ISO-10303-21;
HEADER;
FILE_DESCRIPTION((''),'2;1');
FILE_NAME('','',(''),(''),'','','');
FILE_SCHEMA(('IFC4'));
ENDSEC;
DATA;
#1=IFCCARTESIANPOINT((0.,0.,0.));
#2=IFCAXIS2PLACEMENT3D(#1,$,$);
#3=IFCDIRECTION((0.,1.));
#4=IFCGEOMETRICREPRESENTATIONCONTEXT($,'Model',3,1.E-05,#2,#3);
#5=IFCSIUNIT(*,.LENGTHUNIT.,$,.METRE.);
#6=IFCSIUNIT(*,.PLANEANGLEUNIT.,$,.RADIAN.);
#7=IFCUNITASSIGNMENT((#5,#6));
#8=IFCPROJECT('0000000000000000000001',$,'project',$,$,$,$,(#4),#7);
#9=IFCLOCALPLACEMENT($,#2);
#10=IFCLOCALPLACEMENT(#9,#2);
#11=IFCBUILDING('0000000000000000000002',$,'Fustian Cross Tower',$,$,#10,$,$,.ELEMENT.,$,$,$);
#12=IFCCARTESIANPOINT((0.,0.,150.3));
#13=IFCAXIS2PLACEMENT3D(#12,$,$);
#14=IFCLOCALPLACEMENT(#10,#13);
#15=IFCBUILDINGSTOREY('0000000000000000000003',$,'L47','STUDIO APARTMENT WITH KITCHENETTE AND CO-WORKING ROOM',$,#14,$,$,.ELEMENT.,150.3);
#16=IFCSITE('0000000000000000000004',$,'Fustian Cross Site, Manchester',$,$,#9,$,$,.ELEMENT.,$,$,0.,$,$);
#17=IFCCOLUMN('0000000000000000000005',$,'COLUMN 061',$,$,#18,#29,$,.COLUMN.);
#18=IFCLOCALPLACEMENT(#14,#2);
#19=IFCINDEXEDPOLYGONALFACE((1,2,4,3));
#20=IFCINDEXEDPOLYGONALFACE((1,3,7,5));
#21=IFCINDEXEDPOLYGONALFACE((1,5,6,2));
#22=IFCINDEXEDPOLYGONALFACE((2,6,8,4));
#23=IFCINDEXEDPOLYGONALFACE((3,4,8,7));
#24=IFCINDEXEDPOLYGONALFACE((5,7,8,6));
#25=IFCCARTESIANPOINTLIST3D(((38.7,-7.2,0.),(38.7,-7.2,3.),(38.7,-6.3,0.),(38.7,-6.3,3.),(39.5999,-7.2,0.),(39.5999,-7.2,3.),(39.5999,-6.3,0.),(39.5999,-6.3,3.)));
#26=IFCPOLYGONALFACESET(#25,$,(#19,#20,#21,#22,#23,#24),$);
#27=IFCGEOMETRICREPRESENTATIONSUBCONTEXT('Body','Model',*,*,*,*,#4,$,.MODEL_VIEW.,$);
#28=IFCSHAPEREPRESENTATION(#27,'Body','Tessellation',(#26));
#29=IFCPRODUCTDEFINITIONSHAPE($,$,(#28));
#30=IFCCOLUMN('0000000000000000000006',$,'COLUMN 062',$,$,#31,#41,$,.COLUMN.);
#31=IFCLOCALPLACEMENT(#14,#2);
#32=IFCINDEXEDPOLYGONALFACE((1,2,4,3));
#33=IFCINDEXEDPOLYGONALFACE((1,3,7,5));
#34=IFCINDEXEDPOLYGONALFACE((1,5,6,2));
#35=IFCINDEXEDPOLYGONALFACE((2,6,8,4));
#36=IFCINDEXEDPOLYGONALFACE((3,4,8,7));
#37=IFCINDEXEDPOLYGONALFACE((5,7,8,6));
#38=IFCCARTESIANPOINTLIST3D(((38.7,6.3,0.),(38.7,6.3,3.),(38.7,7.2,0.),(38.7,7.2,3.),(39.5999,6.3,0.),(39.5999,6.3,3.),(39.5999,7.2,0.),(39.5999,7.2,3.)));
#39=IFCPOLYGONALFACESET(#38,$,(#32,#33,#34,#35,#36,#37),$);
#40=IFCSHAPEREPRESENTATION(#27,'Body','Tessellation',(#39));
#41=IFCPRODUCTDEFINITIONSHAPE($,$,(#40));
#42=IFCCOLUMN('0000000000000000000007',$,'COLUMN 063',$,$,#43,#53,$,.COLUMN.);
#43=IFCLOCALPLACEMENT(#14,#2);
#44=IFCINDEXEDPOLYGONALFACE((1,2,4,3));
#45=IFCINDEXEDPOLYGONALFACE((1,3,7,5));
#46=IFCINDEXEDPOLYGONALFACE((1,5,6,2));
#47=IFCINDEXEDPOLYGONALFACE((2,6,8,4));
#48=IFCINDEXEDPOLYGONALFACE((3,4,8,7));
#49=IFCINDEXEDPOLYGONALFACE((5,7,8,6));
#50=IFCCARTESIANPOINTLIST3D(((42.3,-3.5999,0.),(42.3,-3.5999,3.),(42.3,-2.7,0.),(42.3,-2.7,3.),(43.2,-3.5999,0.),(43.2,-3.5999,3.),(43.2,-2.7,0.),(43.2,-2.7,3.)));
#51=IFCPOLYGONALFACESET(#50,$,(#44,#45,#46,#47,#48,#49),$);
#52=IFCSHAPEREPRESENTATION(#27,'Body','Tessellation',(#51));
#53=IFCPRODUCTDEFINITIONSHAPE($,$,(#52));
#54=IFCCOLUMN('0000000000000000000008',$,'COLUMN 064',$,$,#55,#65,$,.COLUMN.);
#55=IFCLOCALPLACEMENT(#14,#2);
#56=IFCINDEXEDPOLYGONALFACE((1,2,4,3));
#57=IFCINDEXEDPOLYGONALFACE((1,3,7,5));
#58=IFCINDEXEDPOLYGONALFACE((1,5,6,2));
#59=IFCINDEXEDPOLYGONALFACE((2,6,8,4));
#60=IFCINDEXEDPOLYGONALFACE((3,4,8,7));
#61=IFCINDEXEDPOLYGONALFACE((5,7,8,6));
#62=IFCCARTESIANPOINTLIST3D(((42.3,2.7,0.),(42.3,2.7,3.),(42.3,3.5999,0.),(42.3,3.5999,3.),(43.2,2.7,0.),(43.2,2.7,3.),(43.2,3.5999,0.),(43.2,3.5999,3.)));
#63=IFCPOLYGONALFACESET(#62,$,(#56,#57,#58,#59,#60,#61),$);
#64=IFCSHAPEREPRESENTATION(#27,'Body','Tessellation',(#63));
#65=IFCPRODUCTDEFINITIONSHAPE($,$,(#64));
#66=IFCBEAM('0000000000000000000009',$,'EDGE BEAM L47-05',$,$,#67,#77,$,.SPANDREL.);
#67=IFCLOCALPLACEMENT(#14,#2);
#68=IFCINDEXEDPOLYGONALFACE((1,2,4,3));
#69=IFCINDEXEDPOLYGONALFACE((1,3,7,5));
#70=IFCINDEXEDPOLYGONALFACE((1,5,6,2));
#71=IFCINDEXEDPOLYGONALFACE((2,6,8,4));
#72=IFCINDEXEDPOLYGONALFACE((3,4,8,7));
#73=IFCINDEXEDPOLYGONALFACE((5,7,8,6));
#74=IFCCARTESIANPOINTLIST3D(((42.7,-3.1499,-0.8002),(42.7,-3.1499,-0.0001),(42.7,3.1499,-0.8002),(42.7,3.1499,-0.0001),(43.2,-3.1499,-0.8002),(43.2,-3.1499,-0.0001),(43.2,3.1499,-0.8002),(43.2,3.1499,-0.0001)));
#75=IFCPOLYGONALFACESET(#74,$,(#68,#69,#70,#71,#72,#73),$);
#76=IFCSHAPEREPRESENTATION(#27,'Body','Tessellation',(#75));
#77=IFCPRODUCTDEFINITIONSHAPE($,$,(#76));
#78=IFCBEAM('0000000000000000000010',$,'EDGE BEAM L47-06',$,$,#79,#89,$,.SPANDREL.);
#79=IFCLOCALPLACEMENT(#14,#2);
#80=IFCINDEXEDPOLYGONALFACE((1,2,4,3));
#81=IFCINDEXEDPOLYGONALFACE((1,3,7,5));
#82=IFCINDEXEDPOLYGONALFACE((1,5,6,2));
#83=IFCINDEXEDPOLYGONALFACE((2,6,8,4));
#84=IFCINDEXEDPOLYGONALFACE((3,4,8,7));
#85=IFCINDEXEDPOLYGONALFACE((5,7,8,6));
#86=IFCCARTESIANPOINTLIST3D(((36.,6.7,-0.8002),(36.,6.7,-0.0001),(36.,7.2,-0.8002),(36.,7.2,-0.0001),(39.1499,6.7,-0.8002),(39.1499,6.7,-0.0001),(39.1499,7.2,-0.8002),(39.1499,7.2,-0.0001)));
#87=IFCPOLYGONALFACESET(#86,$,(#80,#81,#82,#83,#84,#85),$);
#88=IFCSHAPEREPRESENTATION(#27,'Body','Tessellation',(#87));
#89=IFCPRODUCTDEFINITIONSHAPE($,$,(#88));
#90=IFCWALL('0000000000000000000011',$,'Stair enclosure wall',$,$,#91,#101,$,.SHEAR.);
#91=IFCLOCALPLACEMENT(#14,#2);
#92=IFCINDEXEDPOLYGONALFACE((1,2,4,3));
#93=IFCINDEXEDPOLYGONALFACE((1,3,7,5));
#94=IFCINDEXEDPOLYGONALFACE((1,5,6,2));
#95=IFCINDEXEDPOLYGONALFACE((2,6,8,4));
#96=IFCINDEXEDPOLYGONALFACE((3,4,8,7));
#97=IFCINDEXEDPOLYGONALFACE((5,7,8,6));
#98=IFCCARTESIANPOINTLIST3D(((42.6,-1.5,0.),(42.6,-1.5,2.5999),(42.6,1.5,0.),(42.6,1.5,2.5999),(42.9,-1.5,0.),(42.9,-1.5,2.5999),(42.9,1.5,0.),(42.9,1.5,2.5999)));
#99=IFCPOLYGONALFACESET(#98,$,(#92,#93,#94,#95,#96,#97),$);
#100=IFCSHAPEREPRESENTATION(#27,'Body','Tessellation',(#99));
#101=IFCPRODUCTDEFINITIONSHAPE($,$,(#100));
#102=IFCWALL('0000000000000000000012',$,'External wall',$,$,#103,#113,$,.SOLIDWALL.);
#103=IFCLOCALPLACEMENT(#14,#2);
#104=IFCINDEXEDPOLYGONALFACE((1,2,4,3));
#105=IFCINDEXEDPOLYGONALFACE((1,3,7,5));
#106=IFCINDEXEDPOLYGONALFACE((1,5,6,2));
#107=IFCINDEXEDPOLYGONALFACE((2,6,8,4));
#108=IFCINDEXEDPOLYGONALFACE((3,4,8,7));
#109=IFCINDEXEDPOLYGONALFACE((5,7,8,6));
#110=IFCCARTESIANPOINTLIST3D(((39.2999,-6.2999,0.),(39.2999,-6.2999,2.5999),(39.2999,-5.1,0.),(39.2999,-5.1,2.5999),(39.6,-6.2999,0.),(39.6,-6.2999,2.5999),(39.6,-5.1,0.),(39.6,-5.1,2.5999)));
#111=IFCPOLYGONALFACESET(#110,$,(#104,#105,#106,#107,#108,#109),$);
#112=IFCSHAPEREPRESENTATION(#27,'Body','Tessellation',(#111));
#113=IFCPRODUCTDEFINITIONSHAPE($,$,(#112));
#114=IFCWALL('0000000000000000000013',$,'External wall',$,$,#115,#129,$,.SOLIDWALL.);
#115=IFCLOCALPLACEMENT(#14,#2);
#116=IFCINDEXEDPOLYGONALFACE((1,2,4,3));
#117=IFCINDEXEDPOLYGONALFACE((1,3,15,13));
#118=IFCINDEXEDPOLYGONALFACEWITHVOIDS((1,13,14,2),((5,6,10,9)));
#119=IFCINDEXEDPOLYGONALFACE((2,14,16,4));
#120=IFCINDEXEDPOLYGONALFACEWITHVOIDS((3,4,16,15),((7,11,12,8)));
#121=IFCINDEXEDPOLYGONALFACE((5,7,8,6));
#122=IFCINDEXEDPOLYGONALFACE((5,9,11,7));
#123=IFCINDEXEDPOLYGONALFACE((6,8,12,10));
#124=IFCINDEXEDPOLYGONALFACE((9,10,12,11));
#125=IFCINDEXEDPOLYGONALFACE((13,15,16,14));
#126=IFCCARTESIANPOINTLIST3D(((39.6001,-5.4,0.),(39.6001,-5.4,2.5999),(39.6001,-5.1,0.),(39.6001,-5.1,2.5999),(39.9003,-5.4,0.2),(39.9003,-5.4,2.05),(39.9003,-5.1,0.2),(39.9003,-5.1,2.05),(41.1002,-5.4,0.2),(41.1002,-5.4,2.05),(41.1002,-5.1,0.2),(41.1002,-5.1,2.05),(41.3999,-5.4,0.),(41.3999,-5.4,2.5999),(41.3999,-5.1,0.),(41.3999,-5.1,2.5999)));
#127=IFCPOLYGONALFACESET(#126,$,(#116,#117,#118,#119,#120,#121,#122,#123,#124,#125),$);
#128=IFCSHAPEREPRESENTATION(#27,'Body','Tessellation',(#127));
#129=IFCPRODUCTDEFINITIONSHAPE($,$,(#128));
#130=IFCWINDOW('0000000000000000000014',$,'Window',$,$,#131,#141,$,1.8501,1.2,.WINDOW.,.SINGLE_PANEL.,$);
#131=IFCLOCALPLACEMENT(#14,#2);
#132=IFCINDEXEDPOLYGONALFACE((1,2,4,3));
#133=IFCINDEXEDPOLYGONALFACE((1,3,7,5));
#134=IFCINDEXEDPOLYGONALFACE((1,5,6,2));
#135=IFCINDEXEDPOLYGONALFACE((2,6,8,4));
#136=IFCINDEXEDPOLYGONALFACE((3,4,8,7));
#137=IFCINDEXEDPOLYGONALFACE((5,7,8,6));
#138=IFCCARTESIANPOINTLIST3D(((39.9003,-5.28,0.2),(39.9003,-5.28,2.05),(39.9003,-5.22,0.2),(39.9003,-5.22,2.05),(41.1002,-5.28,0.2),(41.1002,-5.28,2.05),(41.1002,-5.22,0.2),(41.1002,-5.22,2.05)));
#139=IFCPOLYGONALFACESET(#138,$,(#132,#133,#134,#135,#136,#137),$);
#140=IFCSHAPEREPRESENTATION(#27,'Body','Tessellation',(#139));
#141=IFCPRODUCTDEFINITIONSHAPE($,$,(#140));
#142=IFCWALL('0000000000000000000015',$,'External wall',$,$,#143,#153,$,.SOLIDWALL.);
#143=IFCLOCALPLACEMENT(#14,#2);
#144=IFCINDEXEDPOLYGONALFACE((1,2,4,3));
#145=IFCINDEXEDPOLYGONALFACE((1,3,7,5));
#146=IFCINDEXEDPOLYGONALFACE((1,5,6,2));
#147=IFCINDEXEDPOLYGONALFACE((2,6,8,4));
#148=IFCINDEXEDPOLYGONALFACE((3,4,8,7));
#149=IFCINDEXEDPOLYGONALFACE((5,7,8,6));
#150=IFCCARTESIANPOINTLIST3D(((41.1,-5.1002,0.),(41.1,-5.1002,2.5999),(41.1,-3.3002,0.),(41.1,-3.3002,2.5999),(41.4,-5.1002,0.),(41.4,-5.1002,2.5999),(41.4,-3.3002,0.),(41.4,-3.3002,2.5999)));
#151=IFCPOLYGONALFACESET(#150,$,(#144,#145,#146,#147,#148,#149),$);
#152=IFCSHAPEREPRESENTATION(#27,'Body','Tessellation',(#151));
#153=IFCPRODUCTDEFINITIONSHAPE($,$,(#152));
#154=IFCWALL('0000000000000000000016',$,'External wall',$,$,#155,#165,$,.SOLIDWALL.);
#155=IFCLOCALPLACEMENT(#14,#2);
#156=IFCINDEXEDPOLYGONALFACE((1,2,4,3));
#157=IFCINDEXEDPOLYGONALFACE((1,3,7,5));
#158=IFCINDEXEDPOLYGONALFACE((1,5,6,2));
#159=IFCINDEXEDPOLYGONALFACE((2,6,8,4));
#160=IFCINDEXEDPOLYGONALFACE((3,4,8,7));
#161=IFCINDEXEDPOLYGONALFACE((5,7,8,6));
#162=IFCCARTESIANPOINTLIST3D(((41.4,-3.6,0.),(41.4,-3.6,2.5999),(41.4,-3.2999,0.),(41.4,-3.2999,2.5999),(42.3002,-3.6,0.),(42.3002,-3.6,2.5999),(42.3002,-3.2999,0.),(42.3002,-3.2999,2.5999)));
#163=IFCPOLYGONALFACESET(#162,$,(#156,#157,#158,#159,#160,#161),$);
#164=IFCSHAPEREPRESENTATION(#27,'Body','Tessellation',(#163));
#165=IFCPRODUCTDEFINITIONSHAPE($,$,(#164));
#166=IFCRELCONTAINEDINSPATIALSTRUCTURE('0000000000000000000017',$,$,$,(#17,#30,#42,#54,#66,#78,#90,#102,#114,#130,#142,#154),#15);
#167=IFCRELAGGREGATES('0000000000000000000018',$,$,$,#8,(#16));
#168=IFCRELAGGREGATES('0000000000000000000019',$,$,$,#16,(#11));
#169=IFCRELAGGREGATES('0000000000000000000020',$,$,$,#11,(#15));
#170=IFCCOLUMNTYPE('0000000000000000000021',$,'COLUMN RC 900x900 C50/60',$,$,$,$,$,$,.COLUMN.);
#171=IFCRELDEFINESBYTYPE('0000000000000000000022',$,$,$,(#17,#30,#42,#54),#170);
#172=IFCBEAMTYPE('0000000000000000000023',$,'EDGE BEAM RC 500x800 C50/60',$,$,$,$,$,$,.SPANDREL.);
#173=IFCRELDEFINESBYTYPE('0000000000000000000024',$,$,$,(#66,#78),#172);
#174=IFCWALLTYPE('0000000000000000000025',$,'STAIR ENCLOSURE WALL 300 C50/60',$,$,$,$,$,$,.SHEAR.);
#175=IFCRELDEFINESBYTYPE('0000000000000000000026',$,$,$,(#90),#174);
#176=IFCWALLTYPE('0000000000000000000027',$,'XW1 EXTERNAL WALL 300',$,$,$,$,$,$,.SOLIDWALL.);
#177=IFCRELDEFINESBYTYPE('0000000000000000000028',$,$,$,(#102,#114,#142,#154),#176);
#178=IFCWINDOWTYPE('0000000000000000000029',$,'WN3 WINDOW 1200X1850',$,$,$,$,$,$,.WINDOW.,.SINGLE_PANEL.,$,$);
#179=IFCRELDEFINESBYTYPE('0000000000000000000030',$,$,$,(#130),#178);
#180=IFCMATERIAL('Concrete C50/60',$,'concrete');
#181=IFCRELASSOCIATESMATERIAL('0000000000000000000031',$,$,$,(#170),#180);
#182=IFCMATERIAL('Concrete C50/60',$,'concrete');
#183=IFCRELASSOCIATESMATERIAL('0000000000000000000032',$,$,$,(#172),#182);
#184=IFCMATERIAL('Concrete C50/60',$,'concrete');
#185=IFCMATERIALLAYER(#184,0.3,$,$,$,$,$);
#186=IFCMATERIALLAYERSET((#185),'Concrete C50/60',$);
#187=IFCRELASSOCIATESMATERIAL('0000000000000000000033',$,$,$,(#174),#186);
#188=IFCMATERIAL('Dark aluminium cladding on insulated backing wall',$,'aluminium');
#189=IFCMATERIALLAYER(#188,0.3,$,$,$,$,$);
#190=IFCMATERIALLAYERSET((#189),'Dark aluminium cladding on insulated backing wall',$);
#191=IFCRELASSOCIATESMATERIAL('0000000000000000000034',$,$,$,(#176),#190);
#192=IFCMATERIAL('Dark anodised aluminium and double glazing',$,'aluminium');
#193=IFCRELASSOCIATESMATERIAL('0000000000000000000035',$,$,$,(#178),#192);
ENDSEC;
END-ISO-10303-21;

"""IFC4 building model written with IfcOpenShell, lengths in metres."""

from ifc_helpers import new_model, si_unit, direction, frame, frame_2d, origin, origin_2d, place, context, subcontext, project, spatial, rectangle, extrude, material, layer, layer_set, material_profile, profile_set, type_object, element, fill, save


model = new_model("IFC4")

# Units and contexts
model_context = context("Model", 3, precision=1e-05, world=origin(), true_north=direction((0.0, 1.0)))
body_context = subcontext(model_context, "Body", "Model", "MODEL_VIEW")
ifc_project = project(units=[si_unit("LENGTHUNIT", "METRE"), si_unit("PLANEANGLEUNIT", "RADIAN")], contexts=[model_context])

# Site, building, storey
site_placement = place(None, origin())
site = spatial("IfcSite", under=ifc_project, at=site_placement, Name="Fustian Cross Site, Manchester", CompositionType="ELEMENT", RefElevation=0.0)
building_placement = place(site_placement, origin())
building = spatial("IfcBuilding", under=site, at=building_placement, Name="Fustian Cross Tower", CompositionType="ELEMENT")
storey_placement = place(building_placement, frame((0.0, 0.0, 150.3)))
storey = spatial("IfcBuildingStorey", under=building, at=storey_placement, Name="L47", Description="STUDIO APARTMENT WITH KITCHENETTE AND CO-WORKING ROOM", CompositionType="ELEMENT", Elevation=150.3)

# Columns
ifc_material_1 = material(Name="Concrete C50/60", Category="concrete")
ifc_material_profile_1 = material_profile(ifc_material_1, rectangle(XDim=0.8999, YDim=0.8999, at=origin_2d()), Name="RC 900x900")
ifc_profile_set_1 = profile_set([ifc_material_profile_1], Name="Concrete C50/60")
column_type = type_object("IfcColumnType", Name="COLUMN RC 900x900 C50/60", PredefinedType="COLUMN", material=ifc_profile_set_1)
for number, where, z_axis, x_axis, name in (
    (1, (39.1499, -6.75, 0.0), (0.0, 0.0, 1.0), (1.0, 0.0, 0.0), "COLUMN 061"),
    (2, (39.1499, 6.75, 0.0), (0.0, 0.0, 1.0), (1.0, 0.0, 0.0), "COLUMN 062"),
    (3, (42.75, -3.1499, 0.0), (0.0, 0.0, 1.0), (1.0, 0.0, 0.0), "COLUMN 063"),
    (4, (42.75, 3.1499, 0.0), (0.0, 0.0, 1.0), (1.0, 0.0, 0.0), "COLUMN 064"),
):
    element("IfcColumn", number, at=place(storey_placement, frame(where, z_axis=z_axis, x_axis=x_axis)), inside=storey, type_object=column_type, Name=name, PredefinedType="COLUMN", context=body_context, shape_type="SweptSolid", body=[
        extrude(rectangle(XDim=0.8999, YDim=0.8999, at=origin_2d()), origin(), (0.0, 0.0, 1.0), 3.0),
    ])

# Beams
ifc_material_2 = material(Name="Concrete C50/60", Category="concrete")
ifc_material_profile_2 = material_profile(ifc_material_2, rectangle(XDim=0.5, YDim=0.8, at=origin_2d()), Name="RC 500x800")
ifc_profile_set_2 = profile_set([ifc_material_profile_2], Name="Concrete C50/60")
beam_type = type_object("IfcBeamType", Name="EDGE BEAM RC 500x800 C50/60", PredefinedType="SPANDREL", material=ifc_profile_set_2)
beam_1_placement = place(storey_placement, frame((42.95, -3.1499, -0.4001), z_axis=(0.0, 1.0, 0.0), x_axis=(-1.0, 0.0, 0.0)))
element("IfcBeam", 5, at=beam_1_placement, inside=storey, type_object=beam_type, Name="EDGE BEAM L47-05", PredefinedType="SPANDREL", context=body_context, shape_type="SweptSolid", body=[
    extrude(rectangle(XDim=0.5, YDim=0.8, at=origin_2d()), origin(), (0.0, 0.0, 1.0), 6.2998),
])
beam_2_placement = place(storey_placement, frame((39.1499, 6.95, -0.4001), z_axis=(-1.0, 0.0, 0.0), x_axis=(0.0, -1.0, 0.0)))
element("IfcBeam", 6, at=beam_2_placement, inside=storey, type_object=beam_type, Name="EDGE BEAM L47-06", PredefinedType="SPANDREL", context=body_context, shape_type="SweptSolid", body=[
    extrude(rectangle(XDim=0.5, YDim=0.8, at=origin_2d()), origin(), (0.0, 0.0, 1.0), 3.1499),
])

# Walls
ifc_material_3 = material(Name="Concrete C50/60", Category="concrete")
ifc_layer_1 = layer(ifc_material_3, 0.3)
ifc_layer_set_1 = layer_set([ifc_layer_1], Name="Concrete C50/60")
wall_type_1 = type_object("IfcWallType", Name="STAIR ENCLOSURE WALL 300 C50/60", PredefinedType="SHEAR", material=ifc_layer_set_1)
wall_1_placement = place(storey_placement, frame((42.75, -1.5, 0.0), z_axis=(0.0, 0.0, 1.0), x_axis=(0.0, 1.0, 0.0)))
element("IfcWall", 7, at=wall_1_placement, inside=storey, type_object=wall_type_1, Name="Stair enclosure wall", PredefinedType="SHEAR", context=body_context, shape_type="SweptSolid", body=[
    extrude(rectangle(XDim=3.0, YDim=0.3, at=frame_2d((1.5, 0.0))), origin(), (0.0, 0.0, 1.0), 2.5999),
])
ifc_material_4 = material(Name="Dark aluminium cladding on insulated backing wall", Category="aluminium")
ifc_layer_2 = layer(ifc_material_4, 0.3)
ifc_layer_set_2 = layer_set([ifc_layer_2], Name="Dark aluminium cladding on insulated backing wall")
wall_type_2 = type_object("IfcWallType", Name="XW1 EXTERNAL WALL 300", PredefinedType="SOLIDWALL", material=ifc_layer_set_2)
wall_2_placement = place(storey_placement, frame((39.45, -6.3, 0.0), z_axis=(0.0, 0.0, 1.0), x_axis=(0.0, 1.0, 0.0)))
element("IfcWall", 8, at=wall_2_placement, inside=storey, type_object=wall_type_2, Name="External wall", PredefinedType="SOLIDWALL", context=body_context, shape_type="SweptSolid", body=[
    extrude(rectangle(XDim=1.2, YDim=0.3, at=frame_2d((0.6001, 0.0))), origin(), (0.0, 0.0, 1.0), 2.5999),
])

# Wall, opening, window
wall_3_placement = place(storey_placement, frame((39.6001, -5.25, 0.0), z_axis=(0.0, 0.0, 1.0), x_axis=(1.0, 0.0, 0.0)))
wall_3 = element("IfcWall", 9, at=wall_3_placement, inside=storey, type_object=wall_type_2, Name="External wall", PredefinedType="SOLIDWALL", context=body_context, shape_type="SweptSolid", body=[
    extrude(rectangle(XDim=1.7998, YDim=0.3, at=frame_2d((0.8999, 0.0))), origin(), (0.0, 0.0, 1.0), 2.5999),
])
opening_1_placement = place(wall_3_placement, frame((0.3, 0.0, 0.2)))
opening_1 = element("IfcOpeningElement", 10, at=opening_1_placement, cuts=wall_3, PredefinedType="OPENING", context=body_context, shape_type="SweptSolid", body=[
    extrude(rectangle(XDim=1.2, YDim=1.8501, at=frame_2d((0.6001, 0.925))), frame((0.0, 0.1599, 0.0), z_axis=(0.0, -1.0, 0.0), x_axis=(1.0, 0.0, 0.0)), (0.0, 0.0, 1.0), 0.3201),
])
ifc_material_5 = material(Name="Dark anodised aluminium and double glazing", Category="aluminium")
window_type_1 = type_object("IfcWindowType", Name="WN3 WINDOW 1200X1850", PartitioningType="SINGLE_PANEL", PredefinedType="WINDOW", material=ifc_material_5)
window_1_placement = place(opening_1_placement, origin())
window_1 = element("IfcWindow", 11, at=window_1_placement, inside=storey, type_object=window_type_1, Name="Window", OverallHeight=1.8501, OverallWidth=1.2, PartitioningType="SINGLE_PANEL", PredefinedType="WINDOW", context=body_context, shape_type="SweptSolid", body=[
    extrude(rectangle(XDim=1.2, YDim=1.8501, at=frame_2d((0.6001, 0.925))), frame((0.0, 0.03, 0.0), z_axis=(0.0, -1.0, 0.0), x_axis=(1.0, 0.0, 0.0)), (0.0, 0.0, 1.0), 0.0601),
])
fill(opening_1, window_1)

# Walls
wall_4_placement = place(storey_placement, frame((41.25, -5.1001, 0.0), z_axis=(0.0, 0.0, 1.0), x_axis=(0.0, 1.0, 0.0)))
element("IfcWall", 12, at=wall_4_placement, inside=storey, type_object=wall_type_2, Name="External wall", PredefinedType="SOLIDWALL", context=body_context, shape_type="SweptSolid", body=[
    extrude(rectangle(XDim=1.8, YDim=0.3, at=frame_2d((0.8999, 0.0))), origin(), (0.0, 0.0, 1.0), 2.5999),
])
wall_5_placement = place(storey_placement, frame((41.3999, -3.45, 0.0), z_axis=(0.0, 0.0, 1.0), x_axis=(1.0, 0.0, 0.0)))
element("IfcWall", 13, at=wall_5_placement, inside=storey, type_object=wall_type_2, Name="External wall", PredefinedType="SOLIDWALL", context=body_context, shape_type="SweptSolid", body=[
    extrude(rectangle(XDim=0.9001, YDim=0.3, at=frame_2d((0.4502, 0.0))), origin(), (0.0, 0.0, 1.0), 2.5999),
])

save(model, "model.ifc")
